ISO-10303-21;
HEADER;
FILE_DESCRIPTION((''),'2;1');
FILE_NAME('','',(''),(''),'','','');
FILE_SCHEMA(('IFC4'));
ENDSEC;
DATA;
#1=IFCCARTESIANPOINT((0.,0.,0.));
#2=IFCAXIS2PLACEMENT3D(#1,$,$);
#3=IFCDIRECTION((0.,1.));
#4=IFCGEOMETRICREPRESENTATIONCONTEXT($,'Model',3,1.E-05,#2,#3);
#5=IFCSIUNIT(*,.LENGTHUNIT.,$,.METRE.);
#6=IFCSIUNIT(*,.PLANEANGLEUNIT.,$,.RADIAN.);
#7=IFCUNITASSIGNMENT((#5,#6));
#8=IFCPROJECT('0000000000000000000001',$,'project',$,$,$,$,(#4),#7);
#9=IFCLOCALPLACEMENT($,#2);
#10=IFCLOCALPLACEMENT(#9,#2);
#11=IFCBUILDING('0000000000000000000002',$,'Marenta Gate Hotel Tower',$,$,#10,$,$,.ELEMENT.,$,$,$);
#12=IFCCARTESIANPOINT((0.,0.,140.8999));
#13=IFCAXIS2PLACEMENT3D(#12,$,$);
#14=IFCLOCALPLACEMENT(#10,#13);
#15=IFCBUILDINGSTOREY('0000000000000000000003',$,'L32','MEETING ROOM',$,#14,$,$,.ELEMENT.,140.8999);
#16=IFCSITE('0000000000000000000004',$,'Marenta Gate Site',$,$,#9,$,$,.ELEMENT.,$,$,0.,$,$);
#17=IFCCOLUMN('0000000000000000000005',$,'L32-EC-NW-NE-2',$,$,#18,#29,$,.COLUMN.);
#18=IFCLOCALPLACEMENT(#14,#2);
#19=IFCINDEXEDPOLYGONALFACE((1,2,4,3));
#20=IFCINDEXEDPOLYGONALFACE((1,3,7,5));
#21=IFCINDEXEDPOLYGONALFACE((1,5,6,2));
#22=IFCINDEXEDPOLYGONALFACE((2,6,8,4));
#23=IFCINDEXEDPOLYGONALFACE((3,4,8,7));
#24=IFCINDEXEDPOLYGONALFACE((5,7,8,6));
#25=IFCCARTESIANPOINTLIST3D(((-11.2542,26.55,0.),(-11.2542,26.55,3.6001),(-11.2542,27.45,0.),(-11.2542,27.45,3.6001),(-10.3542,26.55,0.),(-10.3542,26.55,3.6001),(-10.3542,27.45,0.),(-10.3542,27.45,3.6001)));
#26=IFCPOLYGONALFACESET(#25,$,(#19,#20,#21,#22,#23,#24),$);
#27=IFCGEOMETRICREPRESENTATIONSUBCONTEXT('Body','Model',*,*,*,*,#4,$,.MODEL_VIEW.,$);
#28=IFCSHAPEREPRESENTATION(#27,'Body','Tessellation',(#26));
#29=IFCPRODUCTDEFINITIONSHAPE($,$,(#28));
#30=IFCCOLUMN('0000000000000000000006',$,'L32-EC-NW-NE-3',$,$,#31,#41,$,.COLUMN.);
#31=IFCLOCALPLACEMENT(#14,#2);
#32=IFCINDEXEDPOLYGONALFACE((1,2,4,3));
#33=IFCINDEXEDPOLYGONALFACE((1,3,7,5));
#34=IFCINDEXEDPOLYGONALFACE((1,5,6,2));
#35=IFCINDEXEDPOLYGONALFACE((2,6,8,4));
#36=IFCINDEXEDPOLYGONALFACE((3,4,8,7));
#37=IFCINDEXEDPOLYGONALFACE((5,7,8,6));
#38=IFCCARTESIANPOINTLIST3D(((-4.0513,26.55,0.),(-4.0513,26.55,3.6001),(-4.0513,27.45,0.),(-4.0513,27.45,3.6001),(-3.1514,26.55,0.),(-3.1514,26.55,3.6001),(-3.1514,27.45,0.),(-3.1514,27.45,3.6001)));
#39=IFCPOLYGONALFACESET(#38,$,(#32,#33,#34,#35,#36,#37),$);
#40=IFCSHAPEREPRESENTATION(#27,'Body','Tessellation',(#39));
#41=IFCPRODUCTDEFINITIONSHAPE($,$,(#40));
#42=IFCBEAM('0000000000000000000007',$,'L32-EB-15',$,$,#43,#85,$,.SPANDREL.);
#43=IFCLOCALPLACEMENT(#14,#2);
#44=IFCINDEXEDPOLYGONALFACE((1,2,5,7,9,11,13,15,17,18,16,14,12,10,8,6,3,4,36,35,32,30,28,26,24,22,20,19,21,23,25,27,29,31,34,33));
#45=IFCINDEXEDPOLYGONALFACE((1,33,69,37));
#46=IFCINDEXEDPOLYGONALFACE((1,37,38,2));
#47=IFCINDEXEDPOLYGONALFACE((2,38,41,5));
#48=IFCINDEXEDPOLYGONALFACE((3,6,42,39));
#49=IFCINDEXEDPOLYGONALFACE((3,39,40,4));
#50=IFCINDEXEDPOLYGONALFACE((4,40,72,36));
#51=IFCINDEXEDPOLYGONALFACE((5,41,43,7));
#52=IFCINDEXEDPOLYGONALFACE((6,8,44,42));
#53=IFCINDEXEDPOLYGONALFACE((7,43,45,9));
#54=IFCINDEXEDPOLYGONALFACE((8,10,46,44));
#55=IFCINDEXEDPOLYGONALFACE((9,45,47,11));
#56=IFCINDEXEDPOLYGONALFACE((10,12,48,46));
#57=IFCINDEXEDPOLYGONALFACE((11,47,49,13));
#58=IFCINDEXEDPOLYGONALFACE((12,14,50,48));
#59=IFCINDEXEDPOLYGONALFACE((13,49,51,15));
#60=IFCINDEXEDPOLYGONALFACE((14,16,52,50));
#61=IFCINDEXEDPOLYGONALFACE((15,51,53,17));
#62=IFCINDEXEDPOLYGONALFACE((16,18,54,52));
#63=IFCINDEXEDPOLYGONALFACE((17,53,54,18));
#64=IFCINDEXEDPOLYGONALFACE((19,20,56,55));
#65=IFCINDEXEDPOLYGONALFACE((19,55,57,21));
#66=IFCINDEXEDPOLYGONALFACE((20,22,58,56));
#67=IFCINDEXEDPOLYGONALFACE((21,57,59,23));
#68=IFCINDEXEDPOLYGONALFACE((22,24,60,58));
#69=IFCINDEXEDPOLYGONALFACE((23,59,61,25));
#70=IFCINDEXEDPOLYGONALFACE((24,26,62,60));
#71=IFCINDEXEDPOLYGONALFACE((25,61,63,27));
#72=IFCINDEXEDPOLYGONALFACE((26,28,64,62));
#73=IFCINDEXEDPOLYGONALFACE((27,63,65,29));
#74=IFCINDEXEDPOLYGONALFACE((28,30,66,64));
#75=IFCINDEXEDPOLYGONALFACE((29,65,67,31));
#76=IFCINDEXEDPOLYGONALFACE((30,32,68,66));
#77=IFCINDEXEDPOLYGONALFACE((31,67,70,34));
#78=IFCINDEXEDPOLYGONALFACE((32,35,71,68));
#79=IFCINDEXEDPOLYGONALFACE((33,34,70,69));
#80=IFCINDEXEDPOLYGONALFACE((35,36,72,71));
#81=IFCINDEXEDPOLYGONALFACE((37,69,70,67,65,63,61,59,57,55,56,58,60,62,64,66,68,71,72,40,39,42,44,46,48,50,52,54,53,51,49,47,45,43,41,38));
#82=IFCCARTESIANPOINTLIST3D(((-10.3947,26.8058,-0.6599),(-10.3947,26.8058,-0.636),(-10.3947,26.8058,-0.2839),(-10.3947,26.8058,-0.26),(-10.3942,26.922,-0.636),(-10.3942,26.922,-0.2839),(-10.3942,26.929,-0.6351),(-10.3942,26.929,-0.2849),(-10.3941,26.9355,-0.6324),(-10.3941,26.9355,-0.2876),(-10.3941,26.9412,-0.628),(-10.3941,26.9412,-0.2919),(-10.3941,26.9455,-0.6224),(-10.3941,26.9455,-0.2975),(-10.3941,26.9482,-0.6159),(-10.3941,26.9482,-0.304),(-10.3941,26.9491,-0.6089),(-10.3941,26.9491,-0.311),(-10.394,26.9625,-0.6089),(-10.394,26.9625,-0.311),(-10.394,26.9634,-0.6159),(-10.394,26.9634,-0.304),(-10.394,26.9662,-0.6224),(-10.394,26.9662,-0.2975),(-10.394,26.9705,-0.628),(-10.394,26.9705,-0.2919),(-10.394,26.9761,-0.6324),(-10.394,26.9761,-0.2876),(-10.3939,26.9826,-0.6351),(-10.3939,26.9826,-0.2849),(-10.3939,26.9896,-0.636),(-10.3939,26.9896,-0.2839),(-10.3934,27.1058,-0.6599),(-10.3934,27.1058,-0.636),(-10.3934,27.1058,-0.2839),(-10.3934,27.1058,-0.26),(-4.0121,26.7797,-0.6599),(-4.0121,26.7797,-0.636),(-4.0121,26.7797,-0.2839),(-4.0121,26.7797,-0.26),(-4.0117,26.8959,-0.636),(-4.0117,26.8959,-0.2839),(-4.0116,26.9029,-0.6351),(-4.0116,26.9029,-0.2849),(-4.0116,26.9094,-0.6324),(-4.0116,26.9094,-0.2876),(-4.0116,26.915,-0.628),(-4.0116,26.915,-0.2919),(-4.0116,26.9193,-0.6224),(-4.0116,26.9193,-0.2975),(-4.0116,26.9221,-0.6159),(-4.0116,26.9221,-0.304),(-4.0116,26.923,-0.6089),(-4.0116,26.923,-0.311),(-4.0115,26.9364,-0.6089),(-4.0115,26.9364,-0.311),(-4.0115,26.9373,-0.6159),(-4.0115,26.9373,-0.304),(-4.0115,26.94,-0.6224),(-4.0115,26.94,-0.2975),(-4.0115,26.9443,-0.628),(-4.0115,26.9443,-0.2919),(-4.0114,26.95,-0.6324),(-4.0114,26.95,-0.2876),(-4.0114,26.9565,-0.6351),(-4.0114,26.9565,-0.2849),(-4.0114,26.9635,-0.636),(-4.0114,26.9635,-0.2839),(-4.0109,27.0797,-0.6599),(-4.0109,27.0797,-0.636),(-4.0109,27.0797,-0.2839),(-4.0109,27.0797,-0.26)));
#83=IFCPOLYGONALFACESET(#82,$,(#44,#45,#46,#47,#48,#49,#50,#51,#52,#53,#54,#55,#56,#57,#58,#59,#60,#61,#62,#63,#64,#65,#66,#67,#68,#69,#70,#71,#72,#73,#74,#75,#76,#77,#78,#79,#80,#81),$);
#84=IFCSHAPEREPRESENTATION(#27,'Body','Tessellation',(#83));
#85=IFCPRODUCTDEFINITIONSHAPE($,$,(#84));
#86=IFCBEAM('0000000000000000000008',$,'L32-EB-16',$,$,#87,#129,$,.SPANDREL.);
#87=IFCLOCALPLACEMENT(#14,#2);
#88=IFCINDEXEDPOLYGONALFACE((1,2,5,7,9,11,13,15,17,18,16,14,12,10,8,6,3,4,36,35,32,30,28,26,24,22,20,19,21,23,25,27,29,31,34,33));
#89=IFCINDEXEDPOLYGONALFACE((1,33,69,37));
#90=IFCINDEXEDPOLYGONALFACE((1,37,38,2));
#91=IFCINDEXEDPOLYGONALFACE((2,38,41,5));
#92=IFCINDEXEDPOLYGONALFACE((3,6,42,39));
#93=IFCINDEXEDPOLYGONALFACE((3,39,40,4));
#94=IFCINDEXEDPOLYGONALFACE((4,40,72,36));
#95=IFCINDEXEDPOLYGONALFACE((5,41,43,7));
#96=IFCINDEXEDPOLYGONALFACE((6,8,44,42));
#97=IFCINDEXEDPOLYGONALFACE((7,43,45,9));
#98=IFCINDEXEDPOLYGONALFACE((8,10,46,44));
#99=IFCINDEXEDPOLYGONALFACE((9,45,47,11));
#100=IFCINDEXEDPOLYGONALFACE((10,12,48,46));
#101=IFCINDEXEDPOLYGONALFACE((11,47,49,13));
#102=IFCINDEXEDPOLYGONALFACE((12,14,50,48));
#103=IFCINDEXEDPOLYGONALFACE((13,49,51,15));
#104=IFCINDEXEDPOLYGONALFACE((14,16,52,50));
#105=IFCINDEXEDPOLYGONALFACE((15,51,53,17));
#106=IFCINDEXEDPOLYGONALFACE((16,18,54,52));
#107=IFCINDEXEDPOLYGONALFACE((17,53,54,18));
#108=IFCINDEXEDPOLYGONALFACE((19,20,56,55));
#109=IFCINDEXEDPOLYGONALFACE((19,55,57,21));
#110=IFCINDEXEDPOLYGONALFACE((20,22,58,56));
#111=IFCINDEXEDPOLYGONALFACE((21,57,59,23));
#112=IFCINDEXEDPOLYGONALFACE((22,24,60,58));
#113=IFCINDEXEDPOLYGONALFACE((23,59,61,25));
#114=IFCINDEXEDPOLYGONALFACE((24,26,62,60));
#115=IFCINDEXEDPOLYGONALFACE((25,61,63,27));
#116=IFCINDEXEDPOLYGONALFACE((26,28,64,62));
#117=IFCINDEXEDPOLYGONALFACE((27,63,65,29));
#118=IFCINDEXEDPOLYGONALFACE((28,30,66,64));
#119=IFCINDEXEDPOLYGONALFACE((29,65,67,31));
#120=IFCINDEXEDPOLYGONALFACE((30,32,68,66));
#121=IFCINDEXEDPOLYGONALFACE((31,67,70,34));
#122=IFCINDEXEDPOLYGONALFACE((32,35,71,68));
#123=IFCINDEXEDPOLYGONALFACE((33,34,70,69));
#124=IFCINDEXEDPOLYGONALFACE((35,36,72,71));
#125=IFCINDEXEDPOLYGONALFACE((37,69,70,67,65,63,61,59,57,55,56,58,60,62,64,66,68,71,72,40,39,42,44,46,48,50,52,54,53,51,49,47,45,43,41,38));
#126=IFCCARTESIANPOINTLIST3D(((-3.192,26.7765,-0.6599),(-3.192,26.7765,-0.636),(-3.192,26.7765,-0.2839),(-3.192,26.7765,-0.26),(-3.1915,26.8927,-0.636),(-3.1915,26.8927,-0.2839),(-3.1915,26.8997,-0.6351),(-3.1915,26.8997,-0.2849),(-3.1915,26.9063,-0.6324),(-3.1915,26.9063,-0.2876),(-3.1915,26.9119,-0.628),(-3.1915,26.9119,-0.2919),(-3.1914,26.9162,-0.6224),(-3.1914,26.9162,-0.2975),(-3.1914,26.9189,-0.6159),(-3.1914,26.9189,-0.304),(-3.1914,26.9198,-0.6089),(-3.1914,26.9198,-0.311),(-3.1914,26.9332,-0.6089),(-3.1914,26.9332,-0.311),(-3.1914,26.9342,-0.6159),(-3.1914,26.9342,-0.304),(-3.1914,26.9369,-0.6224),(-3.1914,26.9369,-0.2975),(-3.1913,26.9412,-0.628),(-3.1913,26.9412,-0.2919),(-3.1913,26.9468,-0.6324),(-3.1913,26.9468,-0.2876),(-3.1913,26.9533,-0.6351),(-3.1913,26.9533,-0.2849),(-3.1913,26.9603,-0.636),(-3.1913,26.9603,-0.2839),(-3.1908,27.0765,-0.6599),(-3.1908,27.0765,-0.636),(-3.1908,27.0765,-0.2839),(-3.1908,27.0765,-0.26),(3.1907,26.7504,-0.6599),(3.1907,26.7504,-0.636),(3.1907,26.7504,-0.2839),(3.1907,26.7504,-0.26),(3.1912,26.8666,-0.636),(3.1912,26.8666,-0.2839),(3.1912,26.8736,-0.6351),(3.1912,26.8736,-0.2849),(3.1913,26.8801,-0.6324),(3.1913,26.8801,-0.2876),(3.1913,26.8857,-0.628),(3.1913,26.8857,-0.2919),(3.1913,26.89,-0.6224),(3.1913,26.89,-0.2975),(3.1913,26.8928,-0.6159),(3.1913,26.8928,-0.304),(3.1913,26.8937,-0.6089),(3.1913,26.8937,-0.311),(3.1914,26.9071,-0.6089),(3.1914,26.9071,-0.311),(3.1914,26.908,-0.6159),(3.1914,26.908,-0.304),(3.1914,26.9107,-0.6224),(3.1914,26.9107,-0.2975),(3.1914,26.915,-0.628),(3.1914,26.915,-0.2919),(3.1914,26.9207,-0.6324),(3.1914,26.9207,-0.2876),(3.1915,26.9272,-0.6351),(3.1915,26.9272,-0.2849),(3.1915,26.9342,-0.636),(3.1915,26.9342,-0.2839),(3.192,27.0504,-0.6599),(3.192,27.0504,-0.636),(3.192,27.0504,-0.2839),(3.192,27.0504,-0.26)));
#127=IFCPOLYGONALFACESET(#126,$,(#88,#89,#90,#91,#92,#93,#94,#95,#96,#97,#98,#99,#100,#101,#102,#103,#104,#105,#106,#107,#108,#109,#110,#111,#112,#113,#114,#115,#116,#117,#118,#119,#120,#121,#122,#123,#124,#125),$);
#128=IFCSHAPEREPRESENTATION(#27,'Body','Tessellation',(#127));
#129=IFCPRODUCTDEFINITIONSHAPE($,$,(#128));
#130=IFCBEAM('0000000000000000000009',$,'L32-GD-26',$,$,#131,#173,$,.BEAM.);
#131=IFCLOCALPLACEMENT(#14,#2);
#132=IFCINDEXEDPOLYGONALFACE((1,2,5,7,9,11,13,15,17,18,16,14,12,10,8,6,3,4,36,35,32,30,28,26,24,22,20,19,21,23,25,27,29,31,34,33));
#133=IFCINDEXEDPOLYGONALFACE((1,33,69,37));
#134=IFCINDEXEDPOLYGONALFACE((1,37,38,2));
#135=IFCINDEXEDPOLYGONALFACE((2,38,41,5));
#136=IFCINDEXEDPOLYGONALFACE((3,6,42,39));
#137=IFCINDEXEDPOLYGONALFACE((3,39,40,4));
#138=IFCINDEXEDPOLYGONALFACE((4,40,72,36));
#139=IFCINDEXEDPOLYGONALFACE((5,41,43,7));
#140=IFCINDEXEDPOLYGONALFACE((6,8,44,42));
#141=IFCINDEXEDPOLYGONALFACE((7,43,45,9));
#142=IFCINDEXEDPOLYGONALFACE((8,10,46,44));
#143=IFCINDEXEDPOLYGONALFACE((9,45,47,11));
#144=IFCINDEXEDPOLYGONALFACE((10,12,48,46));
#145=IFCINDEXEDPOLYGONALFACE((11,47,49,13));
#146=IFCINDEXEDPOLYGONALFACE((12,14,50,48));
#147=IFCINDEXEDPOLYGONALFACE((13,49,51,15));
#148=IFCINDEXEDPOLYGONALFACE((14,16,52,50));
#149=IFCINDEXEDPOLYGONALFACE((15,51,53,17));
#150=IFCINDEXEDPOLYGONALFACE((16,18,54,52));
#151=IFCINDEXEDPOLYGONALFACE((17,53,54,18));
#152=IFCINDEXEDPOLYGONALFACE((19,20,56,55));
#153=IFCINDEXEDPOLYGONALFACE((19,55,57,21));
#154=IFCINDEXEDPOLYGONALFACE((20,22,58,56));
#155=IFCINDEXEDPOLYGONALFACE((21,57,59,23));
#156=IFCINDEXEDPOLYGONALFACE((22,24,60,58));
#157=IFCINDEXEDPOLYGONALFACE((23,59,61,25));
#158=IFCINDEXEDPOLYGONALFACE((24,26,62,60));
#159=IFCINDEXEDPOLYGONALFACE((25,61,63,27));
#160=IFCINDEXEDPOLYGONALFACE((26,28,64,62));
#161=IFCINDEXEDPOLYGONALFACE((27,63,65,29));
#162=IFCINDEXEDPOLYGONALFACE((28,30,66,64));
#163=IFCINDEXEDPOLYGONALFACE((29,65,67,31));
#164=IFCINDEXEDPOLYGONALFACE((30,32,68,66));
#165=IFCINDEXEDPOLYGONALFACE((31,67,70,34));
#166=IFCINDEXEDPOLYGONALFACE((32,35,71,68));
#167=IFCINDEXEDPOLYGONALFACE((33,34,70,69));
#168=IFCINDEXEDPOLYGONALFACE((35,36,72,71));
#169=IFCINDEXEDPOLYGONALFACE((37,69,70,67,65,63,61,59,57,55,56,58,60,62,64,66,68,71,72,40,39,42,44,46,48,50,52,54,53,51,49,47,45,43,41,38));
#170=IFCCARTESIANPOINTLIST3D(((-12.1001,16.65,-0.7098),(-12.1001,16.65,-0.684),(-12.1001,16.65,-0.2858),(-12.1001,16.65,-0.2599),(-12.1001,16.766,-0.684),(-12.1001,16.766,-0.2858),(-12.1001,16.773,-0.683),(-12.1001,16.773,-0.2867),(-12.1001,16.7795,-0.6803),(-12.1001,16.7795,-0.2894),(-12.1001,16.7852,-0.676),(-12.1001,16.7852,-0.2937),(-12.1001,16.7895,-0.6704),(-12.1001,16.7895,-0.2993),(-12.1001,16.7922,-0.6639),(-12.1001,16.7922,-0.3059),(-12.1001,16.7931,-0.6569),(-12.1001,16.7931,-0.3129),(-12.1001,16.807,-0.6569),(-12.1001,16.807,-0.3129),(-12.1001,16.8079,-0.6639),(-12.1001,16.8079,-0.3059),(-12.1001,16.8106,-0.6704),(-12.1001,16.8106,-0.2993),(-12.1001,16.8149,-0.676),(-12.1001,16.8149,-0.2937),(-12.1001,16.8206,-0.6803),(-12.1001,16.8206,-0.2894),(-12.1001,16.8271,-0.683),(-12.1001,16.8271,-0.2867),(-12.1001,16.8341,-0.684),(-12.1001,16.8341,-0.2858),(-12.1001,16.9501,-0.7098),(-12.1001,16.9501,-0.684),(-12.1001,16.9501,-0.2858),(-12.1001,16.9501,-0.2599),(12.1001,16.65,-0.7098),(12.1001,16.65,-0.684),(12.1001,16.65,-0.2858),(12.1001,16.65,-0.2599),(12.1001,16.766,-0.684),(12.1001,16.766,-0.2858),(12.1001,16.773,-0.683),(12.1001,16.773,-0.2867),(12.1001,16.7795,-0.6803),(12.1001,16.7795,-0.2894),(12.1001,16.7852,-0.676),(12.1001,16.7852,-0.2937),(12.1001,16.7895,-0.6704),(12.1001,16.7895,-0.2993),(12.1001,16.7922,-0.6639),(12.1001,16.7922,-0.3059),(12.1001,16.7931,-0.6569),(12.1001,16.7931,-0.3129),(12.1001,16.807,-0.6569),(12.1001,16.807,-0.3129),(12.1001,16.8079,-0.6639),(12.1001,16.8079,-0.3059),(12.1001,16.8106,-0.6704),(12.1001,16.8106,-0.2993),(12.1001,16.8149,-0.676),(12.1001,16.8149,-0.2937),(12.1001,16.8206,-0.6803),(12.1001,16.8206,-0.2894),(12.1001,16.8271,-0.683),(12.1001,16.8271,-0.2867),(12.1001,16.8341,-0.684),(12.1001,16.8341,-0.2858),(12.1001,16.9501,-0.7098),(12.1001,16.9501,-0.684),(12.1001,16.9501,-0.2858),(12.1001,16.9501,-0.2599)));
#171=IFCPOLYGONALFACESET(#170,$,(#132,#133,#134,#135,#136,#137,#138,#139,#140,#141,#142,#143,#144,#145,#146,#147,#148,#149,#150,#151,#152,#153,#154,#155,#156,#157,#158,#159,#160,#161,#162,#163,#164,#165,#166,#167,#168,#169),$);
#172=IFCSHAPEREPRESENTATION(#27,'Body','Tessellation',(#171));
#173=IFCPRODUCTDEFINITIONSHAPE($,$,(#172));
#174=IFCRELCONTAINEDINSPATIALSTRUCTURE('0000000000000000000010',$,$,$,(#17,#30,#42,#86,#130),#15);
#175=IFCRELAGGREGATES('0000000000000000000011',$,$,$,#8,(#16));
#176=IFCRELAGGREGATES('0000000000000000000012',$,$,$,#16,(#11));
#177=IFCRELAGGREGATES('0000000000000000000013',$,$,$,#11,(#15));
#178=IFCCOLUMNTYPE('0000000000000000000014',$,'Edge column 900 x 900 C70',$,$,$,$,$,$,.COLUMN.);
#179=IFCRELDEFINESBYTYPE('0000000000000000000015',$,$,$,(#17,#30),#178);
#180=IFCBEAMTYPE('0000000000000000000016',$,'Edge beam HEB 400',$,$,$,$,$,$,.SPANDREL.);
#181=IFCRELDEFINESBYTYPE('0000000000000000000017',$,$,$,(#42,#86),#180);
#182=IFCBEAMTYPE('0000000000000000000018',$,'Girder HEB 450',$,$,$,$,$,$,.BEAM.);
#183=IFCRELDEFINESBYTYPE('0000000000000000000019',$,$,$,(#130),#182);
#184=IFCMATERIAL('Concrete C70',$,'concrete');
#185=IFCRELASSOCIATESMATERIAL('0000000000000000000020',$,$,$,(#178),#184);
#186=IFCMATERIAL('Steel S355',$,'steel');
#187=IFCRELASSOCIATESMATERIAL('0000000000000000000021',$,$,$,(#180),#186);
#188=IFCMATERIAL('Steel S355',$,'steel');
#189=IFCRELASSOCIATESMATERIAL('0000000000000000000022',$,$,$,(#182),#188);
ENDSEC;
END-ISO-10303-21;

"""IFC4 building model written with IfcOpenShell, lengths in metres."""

from ifc_helpers import new_model, si_unit, direction, frame, origin, origin_2d, place, context, subcontext, project, spatial, rectangle, i_section, extrude, material, material_profile, profile_set, type_object, element, save


model = new_model("IFC4")

# Units and contexts
model_context = context("Model", 3, precision=1e-05, world=origin(), true_north=direction((0.0, 1.0)))
body_context = subcontext(model_context, "Body", "Model", "MODEL_VIEW")
ifc_project = project(units=[si_unit("LENGTHUNIT", "METRE"), si_unit("PLANEANGLEUNIT", "RADIAN")], contexts=[model_context])

# Site, building, storey
site_placement = place(None, origin())
site = spatial("IfcSite", under=ifc_project, at=site_placement, Name="Marenta Gate Site", CompositionType="ELEMENT", RefElevation=0.0)
building_placement = place(site_placement, origin())
building = spatial("IfcBuilding", under=site, at=building_placement, Name="Marenta Gate Hotel Tower", CompositionType="ELEMENT")
storey_placement = place(building_placement, frame((0.0, 0.0, 140.8999)))
storey = spatial("IfcBuildingStorey", under=building, at=storey_placement, Name="L32", Description="MEETING ROOM", CompositionType="ELEMENT", Elevation=140.8999)

# Columns
ifc_material_1 = material(Name="Concrete C70", Category="concrete")
ifc_material_profile_1 = material_profile(ifc_material_1, rectangle(XDim=0.8999, YDim=0.8999, at=origin_2d()), Name="900 x 900")
ifc_profile_set_1 = profile_set([ifc_material_profile_1], Name="Concrete C70")
column_type = type_object("IfcColumnType", Name="Edge column 900 x 900 C70", PredefinedType="COLUMN", material=ifc_profile_set_1)
for number, where, z_axis, x_axis, name in (
    (1, (-10.8042, 27.0, 0.0), (0.0, 0.0, 1.0), (1.0, 0.0, 0.0), "L32-EC-NW-NE-2"),
    (2, (-3.6013, 27.0, 0.0), (0.0, 0.0, 1.0), (1.0, 0.0, 0.0), "L32-EC-NW-NE-3"),
):
    element("IfcColumn", number, at=place(storey_placement, frame(where, z_axis=z_axis, x_axis=x_axis)), inside=storey, type_object=column_type, Name=name, PredefinedType="COLUMN", context=body_context, shape_type="SweptSolid", body=[
        extrude(rectangle(XDim=0.8999, YDim=0.8999, at=origin_2d()), origin(), (0.0, 0.0, 1.0), 3.6001),
    ])

# Beams
ifc_material_2 = material(Name="Steel S355", Category="steel")
ifc_material_profile_2 = material_profile(ifc_material_2, i_section(OverallWidth=0.3, OverallDepth=0.3999, WebThickness=0.0134, FlangeThickness=0.0239, FilletRadius=0.0271, at=origin_2d()), Name="HEB 400")
ifc_profile_set_2 = profile_set([ifc_material_profile_2], Name="Steel S355")
beam_type_1 = type_object("IfcBeamType", Name="Edge beam HEB 400", PredefinedType="SPANDREL", material=ifc_profile_set_2)
beam_1_placement = place(storey_placement, frame((-10.394, 26.9558, -0.46), z_axis=(0.999992, -0.004093, 0.0), x_axis=(0.004093, 0.999992, 0.0)))
element("IfcBeam", 3, at=beam_1_placement, inside=storey, type_object=beam_type_1, Name="L32-EB-15", PredefinedType="SPANDREL", context=body_context, shape_type="SweptSolid", body=[
    extrude(i_section(OverallWidth=0.3, OverallDepth=0.3999, WebThickness=0.0134, FlangeThickness=0.0239, FilletRadius=0.0271, at=origin_2d()), origin(), (0.0, 0.0, 1.0), 6.3826),
])
beam_2_placement = place(storey_placement, frame((-3.1914, 26.9265, -0.46), z_axis=(0.999992, -0.004093, 0.0), x_axis=(0.004093, 0.999992, 0.0)))
element("IfcBeam", 4, at=beam_2_placement, inside=storey, type_object=beam_type_1, Name="L32-EB-16", PredefinedType="SPANDREL", context=body_context, shape_type="SweptSolid", body=[
    extrude(i_section(OverallWidth=0.3, OverallDepth=0.3999, WebThickness=0.0134, FlangeThickness=0.0239, FilletRadius=0.0271, at=origin_2d()), origin(), (0.0, 0.0, 1.0), 6.3828),
])
ifc_material_3 = material(Name="Steel S355", Category="steel")
ifc_material_profile_3 = material_profile(ifc_material_3, i_section(OverallWidth=0.3, OverallDepth=0.45, WebThickness=0.0139, FlangeThickness=0.0259, FilletRadius=0.0271, at=origin_2d()), Name="HEB 450")
ifc_profile_set_3 = profile_set([ifc_material_profile_3], Name="Steel S355")
beam_type_2 = type_object("IfcBeamType", Name="Girder HEB 450", PredefinedType="BEAM", material=ifc_profile_set_3)
beam_3_placement = place(storey_placement, frame((-12.1001, 16.8, -0.4849), z_axis=(1.0, 0.0, 0.0), x_axis=(0.0, 1.0, 0.0)))
element("IfcBeam", 5, at=beam_3_placement, inside=storey, type_object=beam_type_2, Name="L32-GD-26", PredefinedType="BEAM", context=body_context, shape_type="SweptSolid", body=[
    extrude(i_section(OverallWidth=0.3, OverallDepth=0.45, WebThickness=0.0139, FlangeThickness=0.0259, FilletRadius=0.0271, at=origin_2d()), origin(), (0.0, 0.0, 1.0), 24.2002),
])

save(model, "model.ifc")
